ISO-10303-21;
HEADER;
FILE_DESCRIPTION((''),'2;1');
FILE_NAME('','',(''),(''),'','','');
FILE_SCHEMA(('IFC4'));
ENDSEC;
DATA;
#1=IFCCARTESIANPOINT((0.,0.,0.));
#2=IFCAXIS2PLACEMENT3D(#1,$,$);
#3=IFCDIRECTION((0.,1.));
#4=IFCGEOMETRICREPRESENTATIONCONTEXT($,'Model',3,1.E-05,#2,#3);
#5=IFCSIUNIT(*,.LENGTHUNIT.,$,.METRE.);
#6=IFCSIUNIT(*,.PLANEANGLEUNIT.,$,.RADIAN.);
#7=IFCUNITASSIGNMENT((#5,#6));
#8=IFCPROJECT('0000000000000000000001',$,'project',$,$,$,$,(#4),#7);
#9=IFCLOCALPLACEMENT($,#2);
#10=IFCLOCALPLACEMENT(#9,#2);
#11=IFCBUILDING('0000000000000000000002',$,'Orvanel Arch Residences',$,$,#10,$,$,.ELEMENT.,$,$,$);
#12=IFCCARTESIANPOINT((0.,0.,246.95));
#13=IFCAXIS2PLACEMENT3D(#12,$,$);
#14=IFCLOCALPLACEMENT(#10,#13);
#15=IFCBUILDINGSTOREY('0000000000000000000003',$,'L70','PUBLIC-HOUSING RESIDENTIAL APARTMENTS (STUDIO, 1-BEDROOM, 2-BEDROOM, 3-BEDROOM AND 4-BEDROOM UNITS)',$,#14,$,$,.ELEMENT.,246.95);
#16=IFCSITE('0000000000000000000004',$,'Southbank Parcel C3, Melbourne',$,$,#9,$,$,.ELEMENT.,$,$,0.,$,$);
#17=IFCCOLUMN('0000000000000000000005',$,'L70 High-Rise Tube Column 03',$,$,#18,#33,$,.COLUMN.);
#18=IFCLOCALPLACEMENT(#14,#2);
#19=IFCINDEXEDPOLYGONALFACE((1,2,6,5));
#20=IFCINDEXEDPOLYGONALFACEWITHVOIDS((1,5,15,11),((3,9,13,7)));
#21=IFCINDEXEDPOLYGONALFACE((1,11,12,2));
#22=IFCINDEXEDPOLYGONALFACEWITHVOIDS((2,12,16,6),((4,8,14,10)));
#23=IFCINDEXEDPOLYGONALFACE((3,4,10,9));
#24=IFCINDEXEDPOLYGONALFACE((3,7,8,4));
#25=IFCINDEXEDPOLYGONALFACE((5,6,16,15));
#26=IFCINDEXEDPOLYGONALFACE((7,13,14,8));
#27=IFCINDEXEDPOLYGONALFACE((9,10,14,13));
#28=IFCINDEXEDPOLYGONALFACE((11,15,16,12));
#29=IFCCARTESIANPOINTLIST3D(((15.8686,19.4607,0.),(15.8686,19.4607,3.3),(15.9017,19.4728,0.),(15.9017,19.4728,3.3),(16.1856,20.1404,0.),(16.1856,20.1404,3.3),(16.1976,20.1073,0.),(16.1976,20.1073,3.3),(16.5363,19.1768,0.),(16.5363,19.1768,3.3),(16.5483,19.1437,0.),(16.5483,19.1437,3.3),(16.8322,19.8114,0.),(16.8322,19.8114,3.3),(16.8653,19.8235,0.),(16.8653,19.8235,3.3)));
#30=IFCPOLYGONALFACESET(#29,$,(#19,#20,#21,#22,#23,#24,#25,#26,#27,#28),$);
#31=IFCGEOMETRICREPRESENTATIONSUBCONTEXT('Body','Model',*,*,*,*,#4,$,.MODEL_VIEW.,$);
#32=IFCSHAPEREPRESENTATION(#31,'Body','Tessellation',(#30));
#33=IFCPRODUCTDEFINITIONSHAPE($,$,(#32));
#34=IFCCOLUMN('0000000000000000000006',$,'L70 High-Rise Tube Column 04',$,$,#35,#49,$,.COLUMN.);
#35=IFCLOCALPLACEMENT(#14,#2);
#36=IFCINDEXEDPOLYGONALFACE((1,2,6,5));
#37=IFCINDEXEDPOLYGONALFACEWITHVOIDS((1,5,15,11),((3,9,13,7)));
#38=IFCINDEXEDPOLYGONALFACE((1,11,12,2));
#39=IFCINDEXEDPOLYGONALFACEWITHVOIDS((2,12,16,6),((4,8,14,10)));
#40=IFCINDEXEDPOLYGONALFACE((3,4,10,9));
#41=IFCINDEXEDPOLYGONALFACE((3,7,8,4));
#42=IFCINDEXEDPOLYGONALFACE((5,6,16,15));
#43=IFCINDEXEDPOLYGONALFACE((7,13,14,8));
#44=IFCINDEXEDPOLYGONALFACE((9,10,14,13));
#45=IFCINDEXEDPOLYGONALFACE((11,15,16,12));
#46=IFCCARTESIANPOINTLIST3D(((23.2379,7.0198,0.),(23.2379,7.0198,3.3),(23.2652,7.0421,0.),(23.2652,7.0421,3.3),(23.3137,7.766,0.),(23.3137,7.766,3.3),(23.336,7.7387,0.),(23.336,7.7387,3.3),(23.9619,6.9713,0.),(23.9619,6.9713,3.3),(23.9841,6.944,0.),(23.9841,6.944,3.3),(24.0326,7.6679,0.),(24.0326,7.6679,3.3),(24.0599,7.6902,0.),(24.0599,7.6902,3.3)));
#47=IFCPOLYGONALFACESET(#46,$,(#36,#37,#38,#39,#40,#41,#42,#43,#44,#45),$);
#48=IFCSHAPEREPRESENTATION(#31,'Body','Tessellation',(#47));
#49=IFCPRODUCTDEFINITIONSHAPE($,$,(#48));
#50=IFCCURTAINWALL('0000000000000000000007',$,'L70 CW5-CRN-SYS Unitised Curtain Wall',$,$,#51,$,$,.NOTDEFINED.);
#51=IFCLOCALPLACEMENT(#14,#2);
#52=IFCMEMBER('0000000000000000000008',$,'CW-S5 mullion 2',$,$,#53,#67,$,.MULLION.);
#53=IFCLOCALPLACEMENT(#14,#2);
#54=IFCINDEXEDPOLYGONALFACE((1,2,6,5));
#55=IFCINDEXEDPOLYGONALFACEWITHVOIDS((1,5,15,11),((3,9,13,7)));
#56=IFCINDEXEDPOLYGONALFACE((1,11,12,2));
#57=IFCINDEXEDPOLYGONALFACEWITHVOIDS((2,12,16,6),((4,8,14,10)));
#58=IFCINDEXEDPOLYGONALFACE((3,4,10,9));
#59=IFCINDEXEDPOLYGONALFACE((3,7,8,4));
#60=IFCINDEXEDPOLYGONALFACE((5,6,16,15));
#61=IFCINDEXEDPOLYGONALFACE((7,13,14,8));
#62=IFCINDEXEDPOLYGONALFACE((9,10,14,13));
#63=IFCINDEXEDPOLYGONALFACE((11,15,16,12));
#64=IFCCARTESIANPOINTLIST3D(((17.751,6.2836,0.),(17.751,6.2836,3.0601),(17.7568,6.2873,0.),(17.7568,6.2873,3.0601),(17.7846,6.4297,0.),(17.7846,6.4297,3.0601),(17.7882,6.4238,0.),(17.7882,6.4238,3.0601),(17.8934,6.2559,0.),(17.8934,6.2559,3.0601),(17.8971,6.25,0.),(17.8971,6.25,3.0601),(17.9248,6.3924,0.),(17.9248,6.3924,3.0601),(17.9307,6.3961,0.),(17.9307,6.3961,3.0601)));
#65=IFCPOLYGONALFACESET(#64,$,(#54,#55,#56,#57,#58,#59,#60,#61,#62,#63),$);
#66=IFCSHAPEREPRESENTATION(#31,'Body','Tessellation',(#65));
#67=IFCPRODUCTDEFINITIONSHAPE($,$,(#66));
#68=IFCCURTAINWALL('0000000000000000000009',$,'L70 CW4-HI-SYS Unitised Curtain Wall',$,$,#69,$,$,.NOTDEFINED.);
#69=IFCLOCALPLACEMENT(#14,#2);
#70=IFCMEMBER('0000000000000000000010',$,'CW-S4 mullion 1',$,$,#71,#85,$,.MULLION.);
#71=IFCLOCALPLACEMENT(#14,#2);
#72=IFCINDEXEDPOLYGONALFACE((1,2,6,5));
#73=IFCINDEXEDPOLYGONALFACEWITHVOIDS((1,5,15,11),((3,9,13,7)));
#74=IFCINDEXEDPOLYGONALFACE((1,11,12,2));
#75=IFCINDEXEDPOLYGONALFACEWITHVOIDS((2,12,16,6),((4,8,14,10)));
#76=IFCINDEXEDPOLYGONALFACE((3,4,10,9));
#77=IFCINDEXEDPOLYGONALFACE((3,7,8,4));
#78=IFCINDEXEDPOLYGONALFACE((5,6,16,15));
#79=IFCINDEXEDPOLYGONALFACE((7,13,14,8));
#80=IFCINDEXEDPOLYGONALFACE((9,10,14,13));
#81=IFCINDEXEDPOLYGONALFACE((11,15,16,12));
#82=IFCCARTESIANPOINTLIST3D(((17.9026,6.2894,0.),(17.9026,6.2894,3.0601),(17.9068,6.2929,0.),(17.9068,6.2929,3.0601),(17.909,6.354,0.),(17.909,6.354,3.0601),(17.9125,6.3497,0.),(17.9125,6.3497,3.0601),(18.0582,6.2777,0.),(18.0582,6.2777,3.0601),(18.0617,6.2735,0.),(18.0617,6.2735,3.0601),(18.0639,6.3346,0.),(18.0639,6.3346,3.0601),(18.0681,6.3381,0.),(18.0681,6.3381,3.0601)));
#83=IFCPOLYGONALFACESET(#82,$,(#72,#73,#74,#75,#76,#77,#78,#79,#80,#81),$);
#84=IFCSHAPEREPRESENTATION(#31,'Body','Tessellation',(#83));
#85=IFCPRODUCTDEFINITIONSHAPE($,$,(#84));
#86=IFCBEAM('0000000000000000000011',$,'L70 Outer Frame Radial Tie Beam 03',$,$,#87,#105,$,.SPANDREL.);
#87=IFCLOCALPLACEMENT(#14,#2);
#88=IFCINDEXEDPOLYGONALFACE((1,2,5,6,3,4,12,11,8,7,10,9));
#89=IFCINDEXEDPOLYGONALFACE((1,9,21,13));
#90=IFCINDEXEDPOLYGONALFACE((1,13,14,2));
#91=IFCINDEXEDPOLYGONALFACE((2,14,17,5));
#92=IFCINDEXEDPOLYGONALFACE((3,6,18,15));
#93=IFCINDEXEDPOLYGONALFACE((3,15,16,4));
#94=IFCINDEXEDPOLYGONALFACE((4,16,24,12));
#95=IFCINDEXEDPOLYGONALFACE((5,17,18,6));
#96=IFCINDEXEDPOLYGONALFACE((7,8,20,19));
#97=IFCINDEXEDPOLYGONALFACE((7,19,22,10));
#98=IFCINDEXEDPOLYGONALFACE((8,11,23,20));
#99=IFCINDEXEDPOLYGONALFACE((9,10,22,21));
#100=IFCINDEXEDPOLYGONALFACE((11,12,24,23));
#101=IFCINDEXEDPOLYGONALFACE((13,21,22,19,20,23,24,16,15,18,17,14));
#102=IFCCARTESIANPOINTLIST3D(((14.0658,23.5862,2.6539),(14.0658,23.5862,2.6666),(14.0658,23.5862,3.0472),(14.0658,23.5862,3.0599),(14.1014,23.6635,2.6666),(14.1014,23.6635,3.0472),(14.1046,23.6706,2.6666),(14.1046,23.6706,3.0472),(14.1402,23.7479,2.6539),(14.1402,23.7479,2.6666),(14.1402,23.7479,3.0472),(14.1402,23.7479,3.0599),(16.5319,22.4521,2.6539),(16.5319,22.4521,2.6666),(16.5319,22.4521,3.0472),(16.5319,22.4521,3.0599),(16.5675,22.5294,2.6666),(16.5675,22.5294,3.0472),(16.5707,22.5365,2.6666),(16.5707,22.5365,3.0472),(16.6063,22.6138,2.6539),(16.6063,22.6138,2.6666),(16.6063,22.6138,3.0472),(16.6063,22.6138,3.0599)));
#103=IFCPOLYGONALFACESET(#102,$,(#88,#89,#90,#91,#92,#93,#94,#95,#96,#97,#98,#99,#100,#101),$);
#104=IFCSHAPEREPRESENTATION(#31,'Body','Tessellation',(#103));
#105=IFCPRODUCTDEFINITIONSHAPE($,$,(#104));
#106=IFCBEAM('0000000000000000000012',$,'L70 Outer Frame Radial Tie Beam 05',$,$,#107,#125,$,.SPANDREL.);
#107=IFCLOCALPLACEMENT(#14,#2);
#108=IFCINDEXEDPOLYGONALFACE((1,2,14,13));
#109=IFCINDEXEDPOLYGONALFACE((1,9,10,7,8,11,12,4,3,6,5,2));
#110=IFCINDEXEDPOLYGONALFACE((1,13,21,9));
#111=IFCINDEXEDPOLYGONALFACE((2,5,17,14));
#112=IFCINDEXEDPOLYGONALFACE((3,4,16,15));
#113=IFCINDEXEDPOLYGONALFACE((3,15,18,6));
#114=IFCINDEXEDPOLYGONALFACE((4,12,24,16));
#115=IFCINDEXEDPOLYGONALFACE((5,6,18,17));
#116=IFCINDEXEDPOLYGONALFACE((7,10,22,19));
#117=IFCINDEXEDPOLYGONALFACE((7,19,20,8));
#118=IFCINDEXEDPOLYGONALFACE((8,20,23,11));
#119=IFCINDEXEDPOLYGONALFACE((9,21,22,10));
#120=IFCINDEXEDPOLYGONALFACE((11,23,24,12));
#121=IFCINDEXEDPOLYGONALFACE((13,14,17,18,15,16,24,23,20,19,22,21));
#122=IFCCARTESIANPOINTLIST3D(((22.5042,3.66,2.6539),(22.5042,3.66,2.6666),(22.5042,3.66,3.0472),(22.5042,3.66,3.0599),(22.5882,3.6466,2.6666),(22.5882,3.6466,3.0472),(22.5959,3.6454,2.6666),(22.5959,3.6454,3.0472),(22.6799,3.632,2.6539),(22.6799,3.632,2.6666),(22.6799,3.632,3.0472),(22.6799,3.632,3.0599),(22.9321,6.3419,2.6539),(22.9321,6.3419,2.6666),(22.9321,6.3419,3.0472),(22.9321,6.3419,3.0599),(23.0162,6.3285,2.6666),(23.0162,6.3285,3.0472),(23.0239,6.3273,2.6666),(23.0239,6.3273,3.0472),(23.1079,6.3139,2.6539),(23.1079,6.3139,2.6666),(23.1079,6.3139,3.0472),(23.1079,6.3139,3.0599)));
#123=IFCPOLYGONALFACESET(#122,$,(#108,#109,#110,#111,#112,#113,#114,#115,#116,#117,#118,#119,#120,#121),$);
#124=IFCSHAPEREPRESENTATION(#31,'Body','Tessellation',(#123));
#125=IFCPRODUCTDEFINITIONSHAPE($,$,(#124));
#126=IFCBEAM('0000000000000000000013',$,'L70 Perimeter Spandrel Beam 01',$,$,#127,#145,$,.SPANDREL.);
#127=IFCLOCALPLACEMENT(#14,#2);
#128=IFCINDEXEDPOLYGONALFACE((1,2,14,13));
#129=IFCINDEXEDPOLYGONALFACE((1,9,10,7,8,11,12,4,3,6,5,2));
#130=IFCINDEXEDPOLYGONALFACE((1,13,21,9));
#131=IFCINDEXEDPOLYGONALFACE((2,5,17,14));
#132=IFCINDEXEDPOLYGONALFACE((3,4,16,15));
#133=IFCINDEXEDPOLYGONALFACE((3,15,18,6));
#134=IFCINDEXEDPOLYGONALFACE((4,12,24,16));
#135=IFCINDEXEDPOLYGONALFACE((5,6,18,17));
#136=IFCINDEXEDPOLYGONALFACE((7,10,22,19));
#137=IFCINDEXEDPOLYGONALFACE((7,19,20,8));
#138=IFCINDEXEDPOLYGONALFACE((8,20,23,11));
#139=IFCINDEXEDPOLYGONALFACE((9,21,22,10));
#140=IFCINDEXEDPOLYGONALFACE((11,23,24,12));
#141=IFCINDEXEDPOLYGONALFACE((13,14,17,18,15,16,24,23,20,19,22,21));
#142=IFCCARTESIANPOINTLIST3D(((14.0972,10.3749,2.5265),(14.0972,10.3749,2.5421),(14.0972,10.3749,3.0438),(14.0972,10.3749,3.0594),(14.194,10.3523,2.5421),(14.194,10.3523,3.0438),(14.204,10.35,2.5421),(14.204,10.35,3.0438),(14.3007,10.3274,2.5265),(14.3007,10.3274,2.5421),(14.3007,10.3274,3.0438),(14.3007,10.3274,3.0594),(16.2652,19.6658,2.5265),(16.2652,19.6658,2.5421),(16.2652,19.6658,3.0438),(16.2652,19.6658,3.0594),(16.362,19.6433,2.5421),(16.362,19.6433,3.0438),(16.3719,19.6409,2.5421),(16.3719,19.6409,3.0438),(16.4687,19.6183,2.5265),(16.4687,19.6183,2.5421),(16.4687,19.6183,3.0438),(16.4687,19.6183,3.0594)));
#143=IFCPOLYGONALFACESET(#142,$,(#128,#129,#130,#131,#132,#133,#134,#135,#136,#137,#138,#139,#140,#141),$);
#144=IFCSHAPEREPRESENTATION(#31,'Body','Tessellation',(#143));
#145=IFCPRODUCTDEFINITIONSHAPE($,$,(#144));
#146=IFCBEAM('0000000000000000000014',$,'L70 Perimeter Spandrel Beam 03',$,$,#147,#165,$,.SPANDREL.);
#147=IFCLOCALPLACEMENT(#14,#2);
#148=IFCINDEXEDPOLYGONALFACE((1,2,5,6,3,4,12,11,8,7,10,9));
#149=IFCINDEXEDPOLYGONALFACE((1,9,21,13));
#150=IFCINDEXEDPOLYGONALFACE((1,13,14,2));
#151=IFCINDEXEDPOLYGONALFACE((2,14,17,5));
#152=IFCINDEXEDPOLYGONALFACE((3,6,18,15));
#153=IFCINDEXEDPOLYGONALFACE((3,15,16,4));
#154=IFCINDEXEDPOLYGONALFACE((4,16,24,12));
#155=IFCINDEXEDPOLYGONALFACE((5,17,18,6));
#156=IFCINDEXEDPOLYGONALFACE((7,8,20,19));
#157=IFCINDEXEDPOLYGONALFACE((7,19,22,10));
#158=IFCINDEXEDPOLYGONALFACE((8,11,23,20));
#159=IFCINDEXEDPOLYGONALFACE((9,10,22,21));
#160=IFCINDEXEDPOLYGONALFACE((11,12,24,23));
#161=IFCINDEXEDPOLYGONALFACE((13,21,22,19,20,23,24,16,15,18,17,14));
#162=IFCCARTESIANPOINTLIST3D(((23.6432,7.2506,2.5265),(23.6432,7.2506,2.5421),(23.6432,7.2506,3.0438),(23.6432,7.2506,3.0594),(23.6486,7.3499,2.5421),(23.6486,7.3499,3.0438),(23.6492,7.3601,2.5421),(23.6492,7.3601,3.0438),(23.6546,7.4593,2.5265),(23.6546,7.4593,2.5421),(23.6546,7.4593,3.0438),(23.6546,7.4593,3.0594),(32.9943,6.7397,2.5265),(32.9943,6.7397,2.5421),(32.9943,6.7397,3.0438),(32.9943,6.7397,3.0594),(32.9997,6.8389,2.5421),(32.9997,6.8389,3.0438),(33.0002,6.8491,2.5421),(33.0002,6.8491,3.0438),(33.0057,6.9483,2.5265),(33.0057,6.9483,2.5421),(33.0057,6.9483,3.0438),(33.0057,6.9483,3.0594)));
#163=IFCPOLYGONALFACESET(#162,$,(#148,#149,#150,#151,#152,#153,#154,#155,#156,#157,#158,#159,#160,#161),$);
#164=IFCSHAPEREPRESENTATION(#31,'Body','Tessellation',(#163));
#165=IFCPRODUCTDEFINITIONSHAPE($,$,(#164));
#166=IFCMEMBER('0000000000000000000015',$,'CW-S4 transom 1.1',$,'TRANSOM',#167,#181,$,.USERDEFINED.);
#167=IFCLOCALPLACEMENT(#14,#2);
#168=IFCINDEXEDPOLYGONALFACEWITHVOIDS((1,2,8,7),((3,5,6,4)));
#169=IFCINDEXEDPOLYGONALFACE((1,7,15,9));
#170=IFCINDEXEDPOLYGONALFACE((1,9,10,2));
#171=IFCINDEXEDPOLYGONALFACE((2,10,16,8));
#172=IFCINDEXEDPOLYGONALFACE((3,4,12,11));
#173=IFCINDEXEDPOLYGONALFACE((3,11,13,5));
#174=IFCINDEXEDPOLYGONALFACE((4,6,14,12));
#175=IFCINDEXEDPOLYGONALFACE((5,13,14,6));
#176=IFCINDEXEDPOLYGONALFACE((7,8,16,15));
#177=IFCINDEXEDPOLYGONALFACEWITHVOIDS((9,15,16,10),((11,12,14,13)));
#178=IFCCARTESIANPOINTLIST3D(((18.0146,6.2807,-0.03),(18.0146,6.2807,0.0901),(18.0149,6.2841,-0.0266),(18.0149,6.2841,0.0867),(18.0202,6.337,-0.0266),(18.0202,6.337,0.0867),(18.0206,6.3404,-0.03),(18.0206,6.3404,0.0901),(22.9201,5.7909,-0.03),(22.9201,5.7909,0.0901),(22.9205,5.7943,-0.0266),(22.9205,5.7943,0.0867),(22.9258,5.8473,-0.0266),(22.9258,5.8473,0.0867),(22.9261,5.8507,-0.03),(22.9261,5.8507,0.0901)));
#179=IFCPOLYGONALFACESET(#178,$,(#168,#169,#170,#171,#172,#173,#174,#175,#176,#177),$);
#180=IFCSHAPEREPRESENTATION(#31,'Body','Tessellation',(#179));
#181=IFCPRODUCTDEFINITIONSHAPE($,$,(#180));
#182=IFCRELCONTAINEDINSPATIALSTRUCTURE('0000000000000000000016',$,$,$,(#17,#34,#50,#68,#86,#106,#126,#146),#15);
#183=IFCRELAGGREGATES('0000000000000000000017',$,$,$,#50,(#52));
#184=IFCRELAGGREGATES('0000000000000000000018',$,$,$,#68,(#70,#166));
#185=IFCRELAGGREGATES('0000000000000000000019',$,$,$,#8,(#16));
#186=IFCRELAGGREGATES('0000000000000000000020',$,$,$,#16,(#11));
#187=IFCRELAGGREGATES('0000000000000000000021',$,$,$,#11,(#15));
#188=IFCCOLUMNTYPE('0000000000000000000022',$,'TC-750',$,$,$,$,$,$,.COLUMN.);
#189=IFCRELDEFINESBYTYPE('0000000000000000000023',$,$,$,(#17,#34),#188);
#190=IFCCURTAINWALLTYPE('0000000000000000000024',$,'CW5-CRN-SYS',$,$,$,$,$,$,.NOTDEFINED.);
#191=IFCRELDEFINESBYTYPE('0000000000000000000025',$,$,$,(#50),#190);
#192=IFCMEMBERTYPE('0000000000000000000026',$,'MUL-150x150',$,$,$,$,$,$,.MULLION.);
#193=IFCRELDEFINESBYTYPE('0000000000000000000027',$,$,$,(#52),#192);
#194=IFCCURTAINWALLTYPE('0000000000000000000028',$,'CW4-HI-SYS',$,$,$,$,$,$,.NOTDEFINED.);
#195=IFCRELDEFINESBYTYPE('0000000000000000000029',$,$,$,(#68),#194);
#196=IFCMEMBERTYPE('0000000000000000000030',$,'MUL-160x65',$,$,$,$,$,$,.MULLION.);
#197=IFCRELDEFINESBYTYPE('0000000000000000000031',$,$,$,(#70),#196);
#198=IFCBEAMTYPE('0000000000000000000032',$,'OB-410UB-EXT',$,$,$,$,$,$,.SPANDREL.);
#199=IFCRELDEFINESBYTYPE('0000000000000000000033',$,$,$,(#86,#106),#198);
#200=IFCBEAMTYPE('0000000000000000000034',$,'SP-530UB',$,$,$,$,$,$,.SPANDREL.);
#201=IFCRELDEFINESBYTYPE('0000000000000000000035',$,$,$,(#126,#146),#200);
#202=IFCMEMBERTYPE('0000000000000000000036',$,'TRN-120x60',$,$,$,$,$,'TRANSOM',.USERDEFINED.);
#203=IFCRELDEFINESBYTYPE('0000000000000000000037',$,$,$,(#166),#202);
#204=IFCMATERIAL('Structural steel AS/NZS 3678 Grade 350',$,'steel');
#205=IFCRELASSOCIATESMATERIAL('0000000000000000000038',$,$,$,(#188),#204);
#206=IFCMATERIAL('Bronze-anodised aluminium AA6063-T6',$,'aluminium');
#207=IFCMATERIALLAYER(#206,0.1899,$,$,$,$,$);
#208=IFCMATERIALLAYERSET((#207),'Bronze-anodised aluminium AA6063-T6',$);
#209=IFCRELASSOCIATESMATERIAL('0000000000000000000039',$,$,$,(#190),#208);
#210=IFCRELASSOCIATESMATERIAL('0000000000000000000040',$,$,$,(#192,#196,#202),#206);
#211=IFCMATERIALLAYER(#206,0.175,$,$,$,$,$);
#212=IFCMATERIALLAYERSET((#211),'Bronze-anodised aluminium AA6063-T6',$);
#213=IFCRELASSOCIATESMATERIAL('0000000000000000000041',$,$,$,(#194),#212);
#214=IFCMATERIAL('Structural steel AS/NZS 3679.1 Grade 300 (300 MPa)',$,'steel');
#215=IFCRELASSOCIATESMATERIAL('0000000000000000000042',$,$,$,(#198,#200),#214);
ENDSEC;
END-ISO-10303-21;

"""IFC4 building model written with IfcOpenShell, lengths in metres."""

from ifc_helpers import new_model, si_unit, direction, frame, origin, origin_2d, place, context, subcontext, project, spatial, hollow_rectangle, i_section, extrude, material, layer, layer_set, material_profile, profile_set, type_object, element, aggregate, save


model = new_model("IFC4")

# Units and contexts
model_context = context("Model", 3, precision=1e-05, world=origin(), true_north=direction((0.0, 1.0)))
body_context = subcontext(model_context, "Body", "Model", "MODEL_VIEW")
ifc_project = project(units=[si_unit("LENGTHUNIT", "METRE"), si_unit("PLANEANGLEUNIT", "RADIAN")], contexts=[model_context])

# Site, building, storey
site_placement = place(None, origin())
site = spatial("IfcSite", under=ifc_project, at=site_placement, Name="Southbank Parcel C3, Melbourne", CompositionType="ELEMENT", RefElevation=0.0)
building_placement = place(site_placement, origin())
building = spatial("IfcBuilding", under=site, at=building_placement, Name="Orvanel Arch Residences", CompositionType="ELEMENT")
storey_placement = place(building_placement, frame((0.0, 0.0, 246.95)))
storey = spatial("IfcBuildingStorey", under=building, at=storey_placement, Name="L70", Description="PUBLIC-HOUSING RESIDENTIAL APARTMENTS (STUDIO, 1-BEDROOM, 2-BEDROOM, 3-BEDROOM AND 4-BEDROOM UNITS)", CompositionType="ELEMENT", Elevation=246.95)

# Columns
ifc_material_1 = material(Name="Structural steel AS/NZS 3678 Grade 350", Category="steel")
ifc_material_profile_1 = material_profile(ifc_material_1, hollow_rectangle(XDim=0.75, YDim=0.75, WallThickness=0.0249, at=origin_2d()), Name="BOX750x750x25")
ifc_profile_set_1 = profile_set([ifc_material_profile_1], Name="Structural steel AS/NZS 3678 Grade 350")
column_type = type_object("IfcColumnType", Name="TC-750", PredefinedType="COLUMN", material=ifc_profile_set_1)
for number, where, z_axis, x_axis, name in (
    (1, (16.3669, 19.6421, 0.0), (0.0, 0.0, 1.0), (0.422618, 0.906308, 0.0), "L70 High-Rise Tube Column 03"),
    (2, (23.6489, 7.355, 0.0), (0.0, 0.0, 1.0), (-0.994881, 0.101056, 0.0), "L70 High-Rise Tube Column 04"),
):
    element("IfcColumn", number, at=place(storey_placement, frame(where, z_axis=z_axis, x_axis=x_axis)), inside=storey, type_object=column_type, Name=name, PredefinedType="COLUMN", context=body_context, shape_type="SweptSolid", body=[
        extrude(hollow_rectangle(XDim=0.75, YDim=0.75, WallThickness=0.0249, at=origin_2d()), origin(), (0.0, 0.0, 1.0), 3.3),
    ])

# Curtain walls, members
ifc_material_2 = material(Name="Bronze-anodised aluminium AA6063-T6", Category="aluminium")
ifc_layer_1 = layer(ifc_material_2, 0.1899)
ifc_layer_set_1 = layer_set([ifc_layer_1], Name="Bronze-anodised aluminium AA6063-T6")
curtain_wall_type_1 = type_object("IfcCurtainWallType", Name="CW5-CRN-SYS", PredefinedType="NOTDEFINED", material=ifc_layer_set_1)
curtain_wall_1_placement = place(storey_placement, origin())
curtain_wall_1 = element("IfcCurtainWall", 3, at=curtain_wall_1_placement, inside=storey, type_object=curtain_wall_type_1, Name="L70 CW5-CRN-SYS Unitised Curtain Wall", PredefinedType="NOTDEFINED")
ifc_material_profile_2 = material_profile(ifc_material_2, hollow_rectangle(XDim=0.1499, YDim=0.1499, WallThickness=0.0049, at=origin_2d()), Name="ALU150x150x5")
ifc_profile_set_2 = profile_set([ifc_material_profile_2], Name="Bronze-anodised aluminium AA6063-T6")
member_type_1 = type_object("IfcMemberType", Name="MUL-150x150", PredefinedType="MULLION", material=ifc_profile_set_2)
member_1_placement = place(storey_placement, frame((17.8408, 6.3398, 0.0), z_axis=(0.0, 0.0, 1.0), x_axis=(0.224155, 0.974554, 0.0)))
member_1 = element("IfcMember", 4, at=member_1_placement, type_object=member_type_1, Name="CW-S5 mullion 2", PredefinedType="MULLION", context=body_context, shape_type="SweptSolid", body=[
    extrude(hollow_rectangle(XDim=0.1499, YDim=0.1499, WallThickness=0.0049, at=origin_2d()), origin(), (0.0, 0.0, 1.0), 3.0601),
])
aggregate(curtain_wall_1, [member_1])
ifc_layer_2 = layer(ifc_material_2, 0.175)
ifc_layer_set_2 = layer_set([ifc_layer_2], Name="Bronze-anodised aluminium AA6063-T6")
curtain_wall_type_2 = type_object("IfcCurtainWallType", Name="CW4-HI-SYS", PredefinedType="NOTDEFINED", material=ifc_layer_set_2)
curtain_wall_2_placement = place(storey_placement, origin())
curtain_wall_2 = element("IfcCurtainWall", 5, at=curtain_wall_2_placement, inside=storey, type_object=curtain_wall_type_2, Name="L70 CW4-HI-SYS Unitised Curtain Wall", PredefinedType="NOTDEFINED")
ifc_material_profile_3 = material_profile(ifc_material_2, hollow_rectangle(XDim=0.0649, YDim=0.1599, WallThickness=0.0039, at=origin_2d()), Name="ALU160x65x4")
ifc_profile_set_3 = profile_set([ifc_material_profile_3], Name="Bronze-anodised aluminium AA6063-T6")
member_type_2 = type_object("IfcMemberType", Name="MUL-160x65", PredefinedType="MULLION", material=ifc_profile_set_3)
member_2_placement = place(storey_placement, frame((17.9854, 6.3137, 0.0), z_axis=(0.0, 0.0, 1.0), x_axis=(0.099356, 0.995052, 0.0)))
member_2 = element("IfcMember", 6, at=member_2_placement, type_object=member_type_2, Name="CW-S4 mullion 1", PredefinedType="MULLION", context=body_context, shape_type="SweptSolid", body=[
    extrude(hollow_rectangle(XDim=0.0649, YDim=0.1599, WallThickness=0.0039, at=origin_2d()), origin(), (0.0, 0.0, 1.0), 3.0601),
])

# Beams
ifc_material_3 = material(Name="Structural steel AS/NZS 3679.1 Grade 300 (300 MPa)", Category="steel")
ifc_material_profile_4 = material_profile(ifc_material_3, i_section(OverallWidth=0.178, OverallDepth=0.406, WebThickness=0.0078, FlangeThickness=0.0127, at=origin_2d()), Name="410UB59.7")
ifc_profile_set_4 = profile_set([ifc_material_profile_4], Name="Structural steel AS/NZS 3679.1 Grade 300 (300 MPa)")
beam_type_1 = type_object("IfcBeamType", Name="OB-410UB-EXT", PredefinedType="SPANDREL", material=ifc_profile_set_4)
beam_1_placement = place(storey_placement, frame((16.5691, 22.533, 2.8569), z_axis=(-0.90854, 0.417797, 0.0), x_axis=(-0.417797, -0.90854, 0.0)))
element("IfcBeam", 7, at=beam_1_placement, inside=storey, type_object=beam_type_1, Name="L70 Outer Frame Radial Tie Beam 03", PredefinedType="SPANDREL", context=body_context, shape_type="SweptSolid", body=[
    extrude(i_section(OverallWidth=0.178, OverallDepth=0.406, WebThickness=0.0078, FlangeThickness=0.0127, at=origin_2d()), origin(), (0.0, 0.0, 1.0), 2.7144),
])
beam_2_placement = place(storey_placement, frame((23.02, 6.3279, 2.8569), z_axis=(-0.157587, -0.987505, 0.0), x_axis=(0.987505, -0.157587, 0.0)))
element("IfcBeam", 8, at=beam_2_placement, inside=storey, type_object=beam_type_1, Name="L70 Outer Frame Radial Tie Beam 05", PredefinedType="SPANDREL", context=body_context, shape_type="SweptSolid", body=[
    extrude(i_section(OverallWidth=0.178, OverallDepth=0.406, WebThickness=0.0078, FlangeThickness=0.0127, at=origin_2d()), origin(), (0.0, 0.0, 1.0), 2.7158),
])
ifc_material_profile_5 = material_profile(ifc_material_3, i_section(OverallWidth=0.209, OverallDepth=0.533, WebThickness=0.0103, FlangeThickness=0.0156, at=origin_2d()), Name="530UB92.4")
ifc_profile_set_5 = profile_set([ifc_material_profile_5], Name="Structural steel AS/NZS 3679.1 Grade 300 (300 MPa)")
beam_type_2 = type_object("IfcBeamType", Name="SP-530UB", PredefinedType="SPANDREL", material=ifc_profile_set_5)
beam_3_placement = place(storey_placement, frame((16.3669, 19.6421, 2.793), z_axis=(-0.227236, -0.97384, 0.0), x_axis=(0.97384, -0.227236, 0.0)))
element("IfcBeam", 9, at=beam_3_placement, inside=storey, type_object=beam_type_2, Name="L70 Perimeter Spandrel Beam 01", PredefinedType="SPANDREL", context=body_context, shape_type="SweptSolid", body=[
    extrude(i_section(OverallWidth=0.209, OverallDepth=0.533, WebThickness=0.0103, FlangeThickness=0.0156, at=origin_2d()), origin(), (0.0, 0.0, 1.0), 9.5405),
])
beam_4_placement = place(storey_placement, frame((23.6489, 7.355, 2.793), z_axis=(0.99851, -0.054563, 0.0), x_axis=(0.054563, 0.99851, 0.0)))
element("IfcBeam", 10, at=beam_4_placement, inside=storey, type_object=beam_type_2, Name="L70 Perimeter Spandrel Beam 03", PredefinedType="SPANDREL", context=body_context, shape_type="SweptSolid", body=[
    extrude(i_section(OverallWidth=0.209, OverallDepth=0.533, WebThickness=0.0103, FlangeThickness=0.0156, at=origin_2d()), origin(), (0.0, 0.0, 1.0), 9.365),
])

# Member
ifc_material_profile_6 = material_profile(ifc_material_2, hollow_rectangle(XDim=0.0601, YDim=0.1201, WallThickness=0.0034, at=origin_2d()), Name="ALU120x60x3.5")
ifc_profile_set_6 = profile_set([ifc_material_profile_6], Name="Bronze-anodised aluminium AA6063-T6")
member_type_3 = type_object("IfcMemberType", Name="TRN-120x60", ElementType="TRANSOM", PredefinedType="USERDEFINED", material=ifc_profile_set_6)
member_3_placement = place(storey_placement, frame((18.0176, 6.3105, 0.03), z_axis=(0.995053, -0.099342, 0.0), x_axis=(0.099342, 0.995053, 0.0)))
member_3 = element("IfcMember", 11, at=member_3_placement, type_object=member_type_3, Name="CW-S4 transom 1.1", ObjectType="TRANSOM", PredefinedType="USERDEFINED", context=body_context, shape_type="SweptSolid", body=[
    extrude(hollow_rectangle(XDim=0.0601, YDim=0.1201, WallThickness=0.0034, at=origin_2d()), origin(), (0.0, 0.0, 1.0), 4.9299),
])
aggregate(curtain_wall_2, [member_2, member_3])

save(model, "model.ifc")
